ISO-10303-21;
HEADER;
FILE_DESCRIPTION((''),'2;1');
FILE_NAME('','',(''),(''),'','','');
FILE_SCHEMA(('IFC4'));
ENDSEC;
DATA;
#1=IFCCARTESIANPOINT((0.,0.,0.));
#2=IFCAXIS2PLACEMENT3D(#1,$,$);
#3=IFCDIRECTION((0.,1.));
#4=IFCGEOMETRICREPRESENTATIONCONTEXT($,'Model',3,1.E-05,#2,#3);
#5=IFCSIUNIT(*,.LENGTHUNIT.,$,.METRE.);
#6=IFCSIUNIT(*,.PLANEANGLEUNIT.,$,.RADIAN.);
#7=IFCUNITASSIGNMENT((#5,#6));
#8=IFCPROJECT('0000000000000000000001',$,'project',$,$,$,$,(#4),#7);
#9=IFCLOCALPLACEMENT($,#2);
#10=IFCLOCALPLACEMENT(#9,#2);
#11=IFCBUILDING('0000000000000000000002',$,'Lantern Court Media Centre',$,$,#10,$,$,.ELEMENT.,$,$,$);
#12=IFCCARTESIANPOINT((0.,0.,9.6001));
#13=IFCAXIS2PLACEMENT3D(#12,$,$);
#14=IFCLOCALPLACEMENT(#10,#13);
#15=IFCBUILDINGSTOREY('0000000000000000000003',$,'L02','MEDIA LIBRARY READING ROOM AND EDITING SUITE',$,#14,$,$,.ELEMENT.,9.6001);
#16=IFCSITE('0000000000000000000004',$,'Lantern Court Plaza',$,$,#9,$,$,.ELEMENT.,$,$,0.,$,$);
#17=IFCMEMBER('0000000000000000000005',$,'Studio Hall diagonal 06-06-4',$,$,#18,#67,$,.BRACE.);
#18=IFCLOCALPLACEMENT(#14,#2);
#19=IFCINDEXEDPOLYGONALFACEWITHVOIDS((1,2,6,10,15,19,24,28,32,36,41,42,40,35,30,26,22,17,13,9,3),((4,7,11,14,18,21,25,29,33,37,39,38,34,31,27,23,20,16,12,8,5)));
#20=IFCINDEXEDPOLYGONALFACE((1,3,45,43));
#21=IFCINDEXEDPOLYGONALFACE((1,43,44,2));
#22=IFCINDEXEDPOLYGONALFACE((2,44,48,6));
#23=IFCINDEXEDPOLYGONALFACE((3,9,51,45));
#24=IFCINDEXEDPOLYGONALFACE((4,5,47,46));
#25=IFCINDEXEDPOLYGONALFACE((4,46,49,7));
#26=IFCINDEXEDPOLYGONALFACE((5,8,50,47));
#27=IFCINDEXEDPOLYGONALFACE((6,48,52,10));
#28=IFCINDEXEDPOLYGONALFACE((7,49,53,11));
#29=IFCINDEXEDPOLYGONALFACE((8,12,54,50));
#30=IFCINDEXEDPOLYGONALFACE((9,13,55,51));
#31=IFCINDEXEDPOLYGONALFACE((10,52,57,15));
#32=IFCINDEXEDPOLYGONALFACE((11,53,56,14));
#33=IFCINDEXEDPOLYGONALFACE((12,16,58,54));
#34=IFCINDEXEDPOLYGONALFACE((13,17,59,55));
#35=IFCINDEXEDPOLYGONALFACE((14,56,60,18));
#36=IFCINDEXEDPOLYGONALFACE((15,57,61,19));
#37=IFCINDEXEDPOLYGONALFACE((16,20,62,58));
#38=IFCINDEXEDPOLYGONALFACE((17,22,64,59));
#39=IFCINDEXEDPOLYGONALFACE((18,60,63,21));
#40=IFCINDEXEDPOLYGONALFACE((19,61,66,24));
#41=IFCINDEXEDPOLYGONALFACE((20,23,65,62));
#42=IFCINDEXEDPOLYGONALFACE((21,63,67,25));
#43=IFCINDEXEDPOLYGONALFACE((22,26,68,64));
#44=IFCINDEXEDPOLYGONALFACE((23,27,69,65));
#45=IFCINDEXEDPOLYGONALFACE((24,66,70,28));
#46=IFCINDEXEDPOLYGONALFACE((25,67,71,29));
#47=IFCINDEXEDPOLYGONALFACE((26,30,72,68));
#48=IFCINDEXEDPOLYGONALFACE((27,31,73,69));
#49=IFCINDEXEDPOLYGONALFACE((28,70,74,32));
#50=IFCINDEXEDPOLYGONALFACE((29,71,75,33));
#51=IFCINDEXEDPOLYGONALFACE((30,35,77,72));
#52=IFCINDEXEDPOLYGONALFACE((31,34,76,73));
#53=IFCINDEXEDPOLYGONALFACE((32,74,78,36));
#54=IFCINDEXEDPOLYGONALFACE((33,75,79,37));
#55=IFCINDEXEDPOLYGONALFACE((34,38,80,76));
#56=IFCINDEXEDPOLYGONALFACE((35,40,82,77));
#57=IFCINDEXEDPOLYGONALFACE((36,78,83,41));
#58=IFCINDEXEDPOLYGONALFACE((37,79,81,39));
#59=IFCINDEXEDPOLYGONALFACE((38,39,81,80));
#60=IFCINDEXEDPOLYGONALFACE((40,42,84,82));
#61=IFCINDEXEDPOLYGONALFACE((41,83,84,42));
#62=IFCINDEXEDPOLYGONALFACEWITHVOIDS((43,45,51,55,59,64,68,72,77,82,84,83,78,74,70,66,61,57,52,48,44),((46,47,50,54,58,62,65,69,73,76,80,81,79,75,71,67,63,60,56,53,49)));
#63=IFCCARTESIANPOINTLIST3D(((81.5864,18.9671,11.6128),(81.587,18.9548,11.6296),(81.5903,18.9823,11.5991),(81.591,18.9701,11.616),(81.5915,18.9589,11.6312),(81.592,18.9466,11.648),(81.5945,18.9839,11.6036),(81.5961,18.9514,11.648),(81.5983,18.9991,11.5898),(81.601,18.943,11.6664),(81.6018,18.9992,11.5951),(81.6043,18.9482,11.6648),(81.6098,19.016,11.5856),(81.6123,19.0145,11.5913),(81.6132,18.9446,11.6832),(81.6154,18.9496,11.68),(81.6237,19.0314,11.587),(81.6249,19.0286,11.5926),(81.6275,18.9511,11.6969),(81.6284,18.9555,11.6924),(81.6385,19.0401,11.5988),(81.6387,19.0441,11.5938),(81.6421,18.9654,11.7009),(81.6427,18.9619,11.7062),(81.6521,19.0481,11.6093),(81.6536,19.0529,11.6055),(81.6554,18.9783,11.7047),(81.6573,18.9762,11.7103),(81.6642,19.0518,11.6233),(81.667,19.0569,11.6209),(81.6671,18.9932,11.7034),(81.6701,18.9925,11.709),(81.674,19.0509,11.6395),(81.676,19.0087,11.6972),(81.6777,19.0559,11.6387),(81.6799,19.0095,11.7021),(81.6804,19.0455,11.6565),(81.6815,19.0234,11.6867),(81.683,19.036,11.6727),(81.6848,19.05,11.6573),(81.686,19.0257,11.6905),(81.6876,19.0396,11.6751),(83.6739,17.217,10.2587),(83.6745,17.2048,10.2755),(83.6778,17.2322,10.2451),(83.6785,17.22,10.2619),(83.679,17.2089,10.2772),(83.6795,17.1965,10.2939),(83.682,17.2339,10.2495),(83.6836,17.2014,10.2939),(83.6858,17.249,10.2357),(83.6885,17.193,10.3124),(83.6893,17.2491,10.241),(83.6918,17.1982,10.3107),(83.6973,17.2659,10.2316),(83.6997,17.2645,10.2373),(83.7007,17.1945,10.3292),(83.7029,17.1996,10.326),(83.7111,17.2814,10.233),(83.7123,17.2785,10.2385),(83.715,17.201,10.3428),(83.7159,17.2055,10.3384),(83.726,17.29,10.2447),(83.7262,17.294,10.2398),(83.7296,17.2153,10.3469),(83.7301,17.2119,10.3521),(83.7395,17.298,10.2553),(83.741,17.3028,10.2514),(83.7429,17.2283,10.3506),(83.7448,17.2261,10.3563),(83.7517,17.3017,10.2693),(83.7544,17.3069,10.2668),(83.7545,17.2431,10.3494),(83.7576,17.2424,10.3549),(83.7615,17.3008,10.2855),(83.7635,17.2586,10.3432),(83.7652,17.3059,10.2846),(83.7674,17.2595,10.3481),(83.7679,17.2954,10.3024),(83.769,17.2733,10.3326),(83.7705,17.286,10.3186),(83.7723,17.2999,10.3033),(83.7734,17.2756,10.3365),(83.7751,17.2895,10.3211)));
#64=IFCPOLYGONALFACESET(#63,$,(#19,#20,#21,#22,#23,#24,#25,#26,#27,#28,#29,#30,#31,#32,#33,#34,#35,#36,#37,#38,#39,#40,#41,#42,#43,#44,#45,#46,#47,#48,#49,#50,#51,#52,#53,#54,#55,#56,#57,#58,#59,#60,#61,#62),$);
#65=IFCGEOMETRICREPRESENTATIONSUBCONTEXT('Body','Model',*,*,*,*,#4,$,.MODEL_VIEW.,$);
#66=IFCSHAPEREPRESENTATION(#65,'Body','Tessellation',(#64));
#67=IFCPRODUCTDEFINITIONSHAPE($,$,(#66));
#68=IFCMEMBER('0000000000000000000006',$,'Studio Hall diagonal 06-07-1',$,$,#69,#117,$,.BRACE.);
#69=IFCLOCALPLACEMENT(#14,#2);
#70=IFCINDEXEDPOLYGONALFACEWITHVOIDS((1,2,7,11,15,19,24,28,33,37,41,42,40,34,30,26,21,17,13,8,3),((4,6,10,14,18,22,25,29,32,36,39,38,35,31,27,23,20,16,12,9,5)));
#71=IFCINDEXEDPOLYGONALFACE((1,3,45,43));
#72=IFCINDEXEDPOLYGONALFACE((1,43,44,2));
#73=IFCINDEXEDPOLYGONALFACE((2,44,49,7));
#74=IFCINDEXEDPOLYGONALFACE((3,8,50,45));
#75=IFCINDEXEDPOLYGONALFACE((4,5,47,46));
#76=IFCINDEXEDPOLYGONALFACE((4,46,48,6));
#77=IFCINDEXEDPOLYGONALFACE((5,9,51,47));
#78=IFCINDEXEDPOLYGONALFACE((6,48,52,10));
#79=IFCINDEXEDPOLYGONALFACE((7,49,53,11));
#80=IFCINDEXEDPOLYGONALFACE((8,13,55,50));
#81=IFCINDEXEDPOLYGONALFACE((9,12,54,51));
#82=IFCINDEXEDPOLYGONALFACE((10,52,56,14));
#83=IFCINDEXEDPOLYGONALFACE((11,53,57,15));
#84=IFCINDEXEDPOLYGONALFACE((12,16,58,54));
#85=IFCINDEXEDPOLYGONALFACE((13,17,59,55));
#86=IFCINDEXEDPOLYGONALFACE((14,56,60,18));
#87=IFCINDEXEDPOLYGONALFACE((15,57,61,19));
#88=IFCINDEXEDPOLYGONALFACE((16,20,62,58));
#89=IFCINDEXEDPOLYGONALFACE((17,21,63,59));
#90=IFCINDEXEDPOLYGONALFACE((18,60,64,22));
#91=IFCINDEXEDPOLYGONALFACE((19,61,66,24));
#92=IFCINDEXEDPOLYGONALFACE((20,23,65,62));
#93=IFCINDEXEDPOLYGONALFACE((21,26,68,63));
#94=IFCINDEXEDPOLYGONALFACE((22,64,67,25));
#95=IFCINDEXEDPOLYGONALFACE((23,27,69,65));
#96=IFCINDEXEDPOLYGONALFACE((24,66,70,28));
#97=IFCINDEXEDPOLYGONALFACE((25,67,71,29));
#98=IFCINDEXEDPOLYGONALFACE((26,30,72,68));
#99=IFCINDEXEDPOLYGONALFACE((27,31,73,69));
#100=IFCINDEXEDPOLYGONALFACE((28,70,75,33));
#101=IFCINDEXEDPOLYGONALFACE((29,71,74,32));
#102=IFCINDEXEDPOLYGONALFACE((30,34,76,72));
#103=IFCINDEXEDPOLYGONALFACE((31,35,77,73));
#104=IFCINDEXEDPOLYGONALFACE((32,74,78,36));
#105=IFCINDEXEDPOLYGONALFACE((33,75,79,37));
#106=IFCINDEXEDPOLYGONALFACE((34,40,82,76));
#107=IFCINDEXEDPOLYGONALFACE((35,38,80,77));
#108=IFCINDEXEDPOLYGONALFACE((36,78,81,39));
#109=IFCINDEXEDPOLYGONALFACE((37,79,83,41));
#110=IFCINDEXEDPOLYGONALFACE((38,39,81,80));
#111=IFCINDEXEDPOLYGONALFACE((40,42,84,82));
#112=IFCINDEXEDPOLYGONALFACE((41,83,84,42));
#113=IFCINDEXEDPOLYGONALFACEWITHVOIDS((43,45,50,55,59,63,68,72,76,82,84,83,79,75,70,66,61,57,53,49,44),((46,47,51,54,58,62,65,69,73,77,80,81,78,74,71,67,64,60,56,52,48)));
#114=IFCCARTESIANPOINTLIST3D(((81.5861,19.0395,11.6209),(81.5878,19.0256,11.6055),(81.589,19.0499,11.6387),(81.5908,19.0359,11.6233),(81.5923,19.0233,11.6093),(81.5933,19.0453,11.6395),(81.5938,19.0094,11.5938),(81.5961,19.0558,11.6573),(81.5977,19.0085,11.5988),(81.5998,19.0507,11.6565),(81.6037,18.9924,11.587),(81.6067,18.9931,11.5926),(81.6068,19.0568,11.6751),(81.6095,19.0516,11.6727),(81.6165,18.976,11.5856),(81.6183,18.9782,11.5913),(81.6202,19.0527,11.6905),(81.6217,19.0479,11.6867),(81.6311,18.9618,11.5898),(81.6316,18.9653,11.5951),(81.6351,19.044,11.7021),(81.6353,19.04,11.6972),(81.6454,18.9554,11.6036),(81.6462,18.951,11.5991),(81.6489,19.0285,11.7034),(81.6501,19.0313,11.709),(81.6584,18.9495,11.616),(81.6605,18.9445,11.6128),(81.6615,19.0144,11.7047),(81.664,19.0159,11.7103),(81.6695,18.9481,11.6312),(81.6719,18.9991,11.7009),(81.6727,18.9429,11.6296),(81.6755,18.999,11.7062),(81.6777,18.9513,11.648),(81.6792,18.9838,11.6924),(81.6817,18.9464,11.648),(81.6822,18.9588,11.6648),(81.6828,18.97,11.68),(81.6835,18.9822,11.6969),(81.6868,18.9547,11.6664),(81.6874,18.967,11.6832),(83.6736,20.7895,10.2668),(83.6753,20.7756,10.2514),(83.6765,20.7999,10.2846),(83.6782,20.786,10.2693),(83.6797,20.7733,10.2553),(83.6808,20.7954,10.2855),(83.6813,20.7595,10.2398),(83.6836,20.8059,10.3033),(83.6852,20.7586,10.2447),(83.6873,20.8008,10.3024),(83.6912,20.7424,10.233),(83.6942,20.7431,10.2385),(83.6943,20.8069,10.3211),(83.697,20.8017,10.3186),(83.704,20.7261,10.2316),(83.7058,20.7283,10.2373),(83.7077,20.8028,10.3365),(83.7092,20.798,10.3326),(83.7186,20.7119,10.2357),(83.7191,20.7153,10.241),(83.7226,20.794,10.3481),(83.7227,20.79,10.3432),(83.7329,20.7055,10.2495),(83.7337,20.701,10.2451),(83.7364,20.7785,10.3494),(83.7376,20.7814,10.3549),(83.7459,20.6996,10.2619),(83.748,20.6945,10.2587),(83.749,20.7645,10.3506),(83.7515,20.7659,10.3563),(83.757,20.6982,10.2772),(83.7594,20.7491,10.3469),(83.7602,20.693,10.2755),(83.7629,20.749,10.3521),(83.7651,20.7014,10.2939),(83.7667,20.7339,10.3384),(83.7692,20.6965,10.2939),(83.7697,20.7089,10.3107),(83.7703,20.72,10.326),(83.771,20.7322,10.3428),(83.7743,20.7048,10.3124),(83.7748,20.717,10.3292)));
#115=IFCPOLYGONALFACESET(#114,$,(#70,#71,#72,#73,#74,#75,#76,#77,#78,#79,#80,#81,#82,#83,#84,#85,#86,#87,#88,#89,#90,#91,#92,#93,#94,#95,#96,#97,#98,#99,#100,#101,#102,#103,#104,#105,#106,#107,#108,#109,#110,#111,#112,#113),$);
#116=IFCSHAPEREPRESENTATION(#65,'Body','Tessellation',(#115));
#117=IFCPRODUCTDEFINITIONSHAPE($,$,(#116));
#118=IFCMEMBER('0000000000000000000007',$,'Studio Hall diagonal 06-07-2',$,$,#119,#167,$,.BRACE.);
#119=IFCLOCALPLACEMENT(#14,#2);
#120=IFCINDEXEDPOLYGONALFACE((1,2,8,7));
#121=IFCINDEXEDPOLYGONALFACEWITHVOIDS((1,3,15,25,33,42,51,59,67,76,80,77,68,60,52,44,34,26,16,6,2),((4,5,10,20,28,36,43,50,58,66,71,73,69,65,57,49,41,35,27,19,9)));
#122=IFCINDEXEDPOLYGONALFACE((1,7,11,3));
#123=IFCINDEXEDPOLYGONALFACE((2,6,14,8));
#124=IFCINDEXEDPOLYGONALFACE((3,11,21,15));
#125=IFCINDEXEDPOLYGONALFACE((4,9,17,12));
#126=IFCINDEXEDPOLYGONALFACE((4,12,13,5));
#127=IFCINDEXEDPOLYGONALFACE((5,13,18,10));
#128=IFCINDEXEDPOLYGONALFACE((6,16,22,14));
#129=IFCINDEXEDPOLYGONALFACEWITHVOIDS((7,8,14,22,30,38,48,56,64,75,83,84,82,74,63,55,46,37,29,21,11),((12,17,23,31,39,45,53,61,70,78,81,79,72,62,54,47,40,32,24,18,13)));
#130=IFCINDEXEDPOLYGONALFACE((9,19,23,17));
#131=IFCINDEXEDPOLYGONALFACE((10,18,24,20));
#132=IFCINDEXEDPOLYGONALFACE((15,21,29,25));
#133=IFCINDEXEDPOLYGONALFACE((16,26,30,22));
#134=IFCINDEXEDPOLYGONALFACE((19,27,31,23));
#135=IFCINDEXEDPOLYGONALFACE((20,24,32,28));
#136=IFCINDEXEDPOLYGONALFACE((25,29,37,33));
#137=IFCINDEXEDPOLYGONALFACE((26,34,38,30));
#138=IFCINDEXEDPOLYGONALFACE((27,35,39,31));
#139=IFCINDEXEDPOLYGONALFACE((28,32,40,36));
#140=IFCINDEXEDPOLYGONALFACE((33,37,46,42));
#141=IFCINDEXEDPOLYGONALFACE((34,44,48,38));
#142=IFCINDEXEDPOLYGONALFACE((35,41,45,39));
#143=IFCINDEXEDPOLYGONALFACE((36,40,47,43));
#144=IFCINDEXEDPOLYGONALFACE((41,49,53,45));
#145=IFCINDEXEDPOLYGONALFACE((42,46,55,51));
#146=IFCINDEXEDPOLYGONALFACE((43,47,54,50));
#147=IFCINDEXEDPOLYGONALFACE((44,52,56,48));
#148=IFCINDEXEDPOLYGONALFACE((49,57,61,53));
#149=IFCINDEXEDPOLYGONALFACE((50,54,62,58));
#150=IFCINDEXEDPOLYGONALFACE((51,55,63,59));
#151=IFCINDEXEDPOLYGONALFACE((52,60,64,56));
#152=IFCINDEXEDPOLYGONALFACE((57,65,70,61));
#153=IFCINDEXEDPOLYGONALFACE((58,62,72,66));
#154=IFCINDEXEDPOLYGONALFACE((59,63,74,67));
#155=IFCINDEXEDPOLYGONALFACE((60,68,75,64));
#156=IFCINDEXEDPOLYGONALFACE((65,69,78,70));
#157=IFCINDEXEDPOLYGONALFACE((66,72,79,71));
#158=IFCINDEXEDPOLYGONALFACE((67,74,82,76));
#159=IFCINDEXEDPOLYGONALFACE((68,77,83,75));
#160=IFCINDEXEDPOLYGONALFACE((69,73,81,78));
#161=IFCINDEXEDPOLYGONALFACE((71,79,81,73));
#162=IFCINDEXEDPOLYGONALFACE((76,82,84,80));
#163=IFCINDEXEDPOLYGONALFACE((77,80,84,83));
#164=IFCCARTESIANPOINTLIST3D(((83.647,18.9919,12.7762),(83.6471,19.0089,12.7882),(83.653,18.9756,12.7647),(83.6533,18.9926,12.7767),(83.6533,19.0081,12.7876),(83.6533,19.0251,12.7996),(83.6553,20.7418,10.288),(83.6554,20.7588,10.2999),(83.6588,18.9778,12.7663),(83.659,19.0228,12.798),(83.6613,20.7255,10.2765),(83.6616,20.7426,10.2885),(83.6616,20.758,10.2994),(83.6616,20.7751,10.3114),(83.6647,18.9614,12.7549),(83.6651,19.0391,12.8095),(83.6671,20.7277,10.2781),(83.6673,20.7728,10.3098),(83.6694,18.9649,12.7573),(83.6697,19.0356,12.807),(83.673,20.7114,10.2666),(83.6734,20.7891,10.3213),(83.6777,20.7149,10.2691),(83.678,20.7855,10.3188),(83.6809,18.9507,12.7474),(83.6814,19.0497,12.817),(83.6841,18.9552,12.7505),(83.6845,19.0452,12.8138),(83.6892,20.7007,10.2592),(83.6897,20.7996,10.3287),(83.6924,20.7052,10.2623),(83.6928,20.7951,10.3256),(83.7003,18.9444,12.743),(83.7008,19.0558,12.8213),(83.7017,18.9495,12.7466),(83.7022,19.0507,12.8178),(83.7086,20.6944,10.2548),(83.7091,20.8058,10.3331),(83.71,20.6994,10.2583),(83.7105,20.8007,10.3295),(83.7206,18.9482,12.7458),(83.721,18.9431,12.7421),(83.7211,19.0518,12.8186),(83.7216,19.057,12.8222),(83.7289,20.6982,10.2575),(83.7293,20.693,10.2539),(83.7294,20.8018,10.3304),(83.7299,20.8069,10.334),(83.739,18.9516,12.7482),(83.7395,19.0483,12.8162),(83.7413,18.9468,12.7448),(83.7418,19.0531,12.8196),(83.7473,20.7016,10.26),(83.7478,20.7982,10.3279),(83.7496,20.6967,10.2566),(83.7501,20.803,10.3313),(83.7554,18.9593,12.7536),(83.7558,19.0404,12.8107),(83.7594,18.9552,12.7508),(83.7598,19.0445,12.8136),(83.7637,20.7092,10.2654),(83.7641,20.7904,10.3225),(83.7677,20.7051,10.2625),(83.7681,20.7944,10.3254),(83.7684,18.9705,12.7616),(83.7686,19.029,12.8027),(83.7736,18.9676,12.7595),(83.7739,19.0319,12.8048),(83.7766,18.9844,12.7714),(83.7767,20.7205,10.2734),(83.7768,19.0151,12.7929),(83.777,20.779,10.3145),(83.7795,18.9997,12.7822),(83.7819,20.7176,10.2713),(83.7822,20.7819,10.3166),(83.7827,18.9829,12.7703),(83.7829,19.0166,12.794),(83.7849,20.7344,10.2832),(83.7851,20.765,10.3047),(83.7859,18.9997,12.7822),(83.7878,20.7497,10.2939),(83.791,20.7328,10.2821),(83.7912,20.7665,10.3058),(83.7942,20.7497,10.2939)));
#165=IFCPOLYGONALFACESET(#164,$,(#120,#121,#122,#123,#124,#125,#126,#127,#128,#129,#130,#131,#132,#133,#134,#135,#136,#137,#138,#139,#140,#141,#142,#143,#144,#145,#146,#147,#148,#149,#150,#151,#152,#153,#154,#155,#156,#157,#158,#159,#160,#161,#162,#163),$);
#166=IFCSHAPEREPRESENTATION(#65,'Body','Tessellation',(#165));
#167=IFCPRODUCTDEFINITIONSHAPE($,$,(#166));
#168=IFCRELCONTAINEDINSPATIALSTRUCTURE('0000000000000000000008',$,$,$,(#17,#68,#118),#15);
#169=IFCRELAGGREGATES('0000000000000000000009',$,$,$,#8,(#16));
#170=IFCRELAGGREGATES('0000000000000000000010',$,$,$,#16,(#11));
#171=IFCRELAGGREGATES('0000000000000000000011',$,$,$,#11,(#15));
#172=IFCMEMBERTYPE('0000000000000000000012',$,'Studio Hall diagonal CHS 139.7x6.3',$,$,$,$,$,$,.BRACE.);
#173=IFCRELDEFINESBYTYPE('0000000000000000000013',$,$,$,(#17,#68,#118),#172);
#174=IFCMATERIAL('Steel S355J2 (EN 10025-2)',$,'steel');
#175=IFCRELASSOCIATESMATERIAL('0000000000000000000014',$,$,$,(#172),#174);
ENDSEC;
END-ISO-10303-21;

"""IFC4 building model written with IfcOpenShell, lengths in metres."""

from ifc_helpers import new_model, si_unit, direction, frame, origin, origin_2d, place, context, subcontext, project, spatial, hollow_circle, extrude, material, material_profile, profile_set, type_object, element, save


model = new_model("IFC4")

# Units and contexts
model_context = context("Model", 3, precision=1e-05, world=origin(), true_north=direction((0.0, 1.0)))
body_context = subcontext(model_context, "Body", "Model", "MODEL_VIEW")
ifc_project = project(units=[si_unit("LENGTHUNIT", "METRE"), si_unit("PLANEANGLEUNIT", "RADIAN")], contexts=[model_context])

# Site, building, storey
site_placement = place(None, origin())
site = spatial("IfcSite", under=ifc_project, at=site_placement, Name="Lantern Court Plaza", CompositionType="ELEMENT", RefElevation=0.0)
building_placement = place(site_placement, origin())
building = spatial("IfcBuilding", under=site, at=building_placement, Name="Lantern Court Media Centre", CompositionType="ELEMENT")
storey_placement = place(building_placement, frame((0.0, 0.0, 9.6001)))
storey = spatial("IfcBuildingStorey", under=building, at=storey_placement, Name="L02", Description="MEDIA LIBRARY READING ROOM AND EDITING SUITE", CompositionType="ELEMENT", Elevation=9.6001)

# Members
ifc_material = material(Name="Steel S355J2 (EN 10025-2)", Category="steel")
ifc_material_profile_1 = material_profile(ifc_material, hollow_circle(Radius=0.0698, WallThickness=0.0063, at=origin_2d()), Name="Studio Hall diagonal CHS 139.7x6.3")
ifc_profile_set_1 = profile_set([ifc_material_profile_1], Name="Steel S355J2 (EN 10025-2)")
member_type_1 = type_object("IfcMemberType", Name="Studio Hall diagonal CHS 139.7x6.3", PredefinedType="BRACE", material=ifc_profile_set_1)
for number, where, z_axis, x_axis, name in (
    (1, (83.7244, 17.25, 10.2939), (-0.68622, 0.575301, 0.44512), (-0.642456, -0.766322, 0.0), "Studio Hall diagonal 06-06-4"),
    (2, (83.7244, 20.75, 10.2939), (-0.68622, -0.575301, 0.44512), (0.642456, -0.766322, 0.0), "Studio Hall diagonal 06-07-1"),
    (3, (83.7244, 20.75, 10.2939), (-0.002729, -0.575269, 0.81796), (0.999989, -0.004743, 0.0), "Studio Hall diagonal 06-07-2"),
):
    element("IfcMember", number, at=place(storey_placement, frame(where, z_axis=z_axis, x_axis=x_axis)), inside=storey, type_object=member_type_1, Name=name, PredefinedType="BRACE", context=body_context, shape_type="SweptSolid", body=[
        extrude(hollow_circle(Radius=0.0698, WallThickness=0.0063, at=origin_2d()), origin(), (0.0, 0.0, 1.0), 3.042),
    ])

save(model, "model.ifc")
